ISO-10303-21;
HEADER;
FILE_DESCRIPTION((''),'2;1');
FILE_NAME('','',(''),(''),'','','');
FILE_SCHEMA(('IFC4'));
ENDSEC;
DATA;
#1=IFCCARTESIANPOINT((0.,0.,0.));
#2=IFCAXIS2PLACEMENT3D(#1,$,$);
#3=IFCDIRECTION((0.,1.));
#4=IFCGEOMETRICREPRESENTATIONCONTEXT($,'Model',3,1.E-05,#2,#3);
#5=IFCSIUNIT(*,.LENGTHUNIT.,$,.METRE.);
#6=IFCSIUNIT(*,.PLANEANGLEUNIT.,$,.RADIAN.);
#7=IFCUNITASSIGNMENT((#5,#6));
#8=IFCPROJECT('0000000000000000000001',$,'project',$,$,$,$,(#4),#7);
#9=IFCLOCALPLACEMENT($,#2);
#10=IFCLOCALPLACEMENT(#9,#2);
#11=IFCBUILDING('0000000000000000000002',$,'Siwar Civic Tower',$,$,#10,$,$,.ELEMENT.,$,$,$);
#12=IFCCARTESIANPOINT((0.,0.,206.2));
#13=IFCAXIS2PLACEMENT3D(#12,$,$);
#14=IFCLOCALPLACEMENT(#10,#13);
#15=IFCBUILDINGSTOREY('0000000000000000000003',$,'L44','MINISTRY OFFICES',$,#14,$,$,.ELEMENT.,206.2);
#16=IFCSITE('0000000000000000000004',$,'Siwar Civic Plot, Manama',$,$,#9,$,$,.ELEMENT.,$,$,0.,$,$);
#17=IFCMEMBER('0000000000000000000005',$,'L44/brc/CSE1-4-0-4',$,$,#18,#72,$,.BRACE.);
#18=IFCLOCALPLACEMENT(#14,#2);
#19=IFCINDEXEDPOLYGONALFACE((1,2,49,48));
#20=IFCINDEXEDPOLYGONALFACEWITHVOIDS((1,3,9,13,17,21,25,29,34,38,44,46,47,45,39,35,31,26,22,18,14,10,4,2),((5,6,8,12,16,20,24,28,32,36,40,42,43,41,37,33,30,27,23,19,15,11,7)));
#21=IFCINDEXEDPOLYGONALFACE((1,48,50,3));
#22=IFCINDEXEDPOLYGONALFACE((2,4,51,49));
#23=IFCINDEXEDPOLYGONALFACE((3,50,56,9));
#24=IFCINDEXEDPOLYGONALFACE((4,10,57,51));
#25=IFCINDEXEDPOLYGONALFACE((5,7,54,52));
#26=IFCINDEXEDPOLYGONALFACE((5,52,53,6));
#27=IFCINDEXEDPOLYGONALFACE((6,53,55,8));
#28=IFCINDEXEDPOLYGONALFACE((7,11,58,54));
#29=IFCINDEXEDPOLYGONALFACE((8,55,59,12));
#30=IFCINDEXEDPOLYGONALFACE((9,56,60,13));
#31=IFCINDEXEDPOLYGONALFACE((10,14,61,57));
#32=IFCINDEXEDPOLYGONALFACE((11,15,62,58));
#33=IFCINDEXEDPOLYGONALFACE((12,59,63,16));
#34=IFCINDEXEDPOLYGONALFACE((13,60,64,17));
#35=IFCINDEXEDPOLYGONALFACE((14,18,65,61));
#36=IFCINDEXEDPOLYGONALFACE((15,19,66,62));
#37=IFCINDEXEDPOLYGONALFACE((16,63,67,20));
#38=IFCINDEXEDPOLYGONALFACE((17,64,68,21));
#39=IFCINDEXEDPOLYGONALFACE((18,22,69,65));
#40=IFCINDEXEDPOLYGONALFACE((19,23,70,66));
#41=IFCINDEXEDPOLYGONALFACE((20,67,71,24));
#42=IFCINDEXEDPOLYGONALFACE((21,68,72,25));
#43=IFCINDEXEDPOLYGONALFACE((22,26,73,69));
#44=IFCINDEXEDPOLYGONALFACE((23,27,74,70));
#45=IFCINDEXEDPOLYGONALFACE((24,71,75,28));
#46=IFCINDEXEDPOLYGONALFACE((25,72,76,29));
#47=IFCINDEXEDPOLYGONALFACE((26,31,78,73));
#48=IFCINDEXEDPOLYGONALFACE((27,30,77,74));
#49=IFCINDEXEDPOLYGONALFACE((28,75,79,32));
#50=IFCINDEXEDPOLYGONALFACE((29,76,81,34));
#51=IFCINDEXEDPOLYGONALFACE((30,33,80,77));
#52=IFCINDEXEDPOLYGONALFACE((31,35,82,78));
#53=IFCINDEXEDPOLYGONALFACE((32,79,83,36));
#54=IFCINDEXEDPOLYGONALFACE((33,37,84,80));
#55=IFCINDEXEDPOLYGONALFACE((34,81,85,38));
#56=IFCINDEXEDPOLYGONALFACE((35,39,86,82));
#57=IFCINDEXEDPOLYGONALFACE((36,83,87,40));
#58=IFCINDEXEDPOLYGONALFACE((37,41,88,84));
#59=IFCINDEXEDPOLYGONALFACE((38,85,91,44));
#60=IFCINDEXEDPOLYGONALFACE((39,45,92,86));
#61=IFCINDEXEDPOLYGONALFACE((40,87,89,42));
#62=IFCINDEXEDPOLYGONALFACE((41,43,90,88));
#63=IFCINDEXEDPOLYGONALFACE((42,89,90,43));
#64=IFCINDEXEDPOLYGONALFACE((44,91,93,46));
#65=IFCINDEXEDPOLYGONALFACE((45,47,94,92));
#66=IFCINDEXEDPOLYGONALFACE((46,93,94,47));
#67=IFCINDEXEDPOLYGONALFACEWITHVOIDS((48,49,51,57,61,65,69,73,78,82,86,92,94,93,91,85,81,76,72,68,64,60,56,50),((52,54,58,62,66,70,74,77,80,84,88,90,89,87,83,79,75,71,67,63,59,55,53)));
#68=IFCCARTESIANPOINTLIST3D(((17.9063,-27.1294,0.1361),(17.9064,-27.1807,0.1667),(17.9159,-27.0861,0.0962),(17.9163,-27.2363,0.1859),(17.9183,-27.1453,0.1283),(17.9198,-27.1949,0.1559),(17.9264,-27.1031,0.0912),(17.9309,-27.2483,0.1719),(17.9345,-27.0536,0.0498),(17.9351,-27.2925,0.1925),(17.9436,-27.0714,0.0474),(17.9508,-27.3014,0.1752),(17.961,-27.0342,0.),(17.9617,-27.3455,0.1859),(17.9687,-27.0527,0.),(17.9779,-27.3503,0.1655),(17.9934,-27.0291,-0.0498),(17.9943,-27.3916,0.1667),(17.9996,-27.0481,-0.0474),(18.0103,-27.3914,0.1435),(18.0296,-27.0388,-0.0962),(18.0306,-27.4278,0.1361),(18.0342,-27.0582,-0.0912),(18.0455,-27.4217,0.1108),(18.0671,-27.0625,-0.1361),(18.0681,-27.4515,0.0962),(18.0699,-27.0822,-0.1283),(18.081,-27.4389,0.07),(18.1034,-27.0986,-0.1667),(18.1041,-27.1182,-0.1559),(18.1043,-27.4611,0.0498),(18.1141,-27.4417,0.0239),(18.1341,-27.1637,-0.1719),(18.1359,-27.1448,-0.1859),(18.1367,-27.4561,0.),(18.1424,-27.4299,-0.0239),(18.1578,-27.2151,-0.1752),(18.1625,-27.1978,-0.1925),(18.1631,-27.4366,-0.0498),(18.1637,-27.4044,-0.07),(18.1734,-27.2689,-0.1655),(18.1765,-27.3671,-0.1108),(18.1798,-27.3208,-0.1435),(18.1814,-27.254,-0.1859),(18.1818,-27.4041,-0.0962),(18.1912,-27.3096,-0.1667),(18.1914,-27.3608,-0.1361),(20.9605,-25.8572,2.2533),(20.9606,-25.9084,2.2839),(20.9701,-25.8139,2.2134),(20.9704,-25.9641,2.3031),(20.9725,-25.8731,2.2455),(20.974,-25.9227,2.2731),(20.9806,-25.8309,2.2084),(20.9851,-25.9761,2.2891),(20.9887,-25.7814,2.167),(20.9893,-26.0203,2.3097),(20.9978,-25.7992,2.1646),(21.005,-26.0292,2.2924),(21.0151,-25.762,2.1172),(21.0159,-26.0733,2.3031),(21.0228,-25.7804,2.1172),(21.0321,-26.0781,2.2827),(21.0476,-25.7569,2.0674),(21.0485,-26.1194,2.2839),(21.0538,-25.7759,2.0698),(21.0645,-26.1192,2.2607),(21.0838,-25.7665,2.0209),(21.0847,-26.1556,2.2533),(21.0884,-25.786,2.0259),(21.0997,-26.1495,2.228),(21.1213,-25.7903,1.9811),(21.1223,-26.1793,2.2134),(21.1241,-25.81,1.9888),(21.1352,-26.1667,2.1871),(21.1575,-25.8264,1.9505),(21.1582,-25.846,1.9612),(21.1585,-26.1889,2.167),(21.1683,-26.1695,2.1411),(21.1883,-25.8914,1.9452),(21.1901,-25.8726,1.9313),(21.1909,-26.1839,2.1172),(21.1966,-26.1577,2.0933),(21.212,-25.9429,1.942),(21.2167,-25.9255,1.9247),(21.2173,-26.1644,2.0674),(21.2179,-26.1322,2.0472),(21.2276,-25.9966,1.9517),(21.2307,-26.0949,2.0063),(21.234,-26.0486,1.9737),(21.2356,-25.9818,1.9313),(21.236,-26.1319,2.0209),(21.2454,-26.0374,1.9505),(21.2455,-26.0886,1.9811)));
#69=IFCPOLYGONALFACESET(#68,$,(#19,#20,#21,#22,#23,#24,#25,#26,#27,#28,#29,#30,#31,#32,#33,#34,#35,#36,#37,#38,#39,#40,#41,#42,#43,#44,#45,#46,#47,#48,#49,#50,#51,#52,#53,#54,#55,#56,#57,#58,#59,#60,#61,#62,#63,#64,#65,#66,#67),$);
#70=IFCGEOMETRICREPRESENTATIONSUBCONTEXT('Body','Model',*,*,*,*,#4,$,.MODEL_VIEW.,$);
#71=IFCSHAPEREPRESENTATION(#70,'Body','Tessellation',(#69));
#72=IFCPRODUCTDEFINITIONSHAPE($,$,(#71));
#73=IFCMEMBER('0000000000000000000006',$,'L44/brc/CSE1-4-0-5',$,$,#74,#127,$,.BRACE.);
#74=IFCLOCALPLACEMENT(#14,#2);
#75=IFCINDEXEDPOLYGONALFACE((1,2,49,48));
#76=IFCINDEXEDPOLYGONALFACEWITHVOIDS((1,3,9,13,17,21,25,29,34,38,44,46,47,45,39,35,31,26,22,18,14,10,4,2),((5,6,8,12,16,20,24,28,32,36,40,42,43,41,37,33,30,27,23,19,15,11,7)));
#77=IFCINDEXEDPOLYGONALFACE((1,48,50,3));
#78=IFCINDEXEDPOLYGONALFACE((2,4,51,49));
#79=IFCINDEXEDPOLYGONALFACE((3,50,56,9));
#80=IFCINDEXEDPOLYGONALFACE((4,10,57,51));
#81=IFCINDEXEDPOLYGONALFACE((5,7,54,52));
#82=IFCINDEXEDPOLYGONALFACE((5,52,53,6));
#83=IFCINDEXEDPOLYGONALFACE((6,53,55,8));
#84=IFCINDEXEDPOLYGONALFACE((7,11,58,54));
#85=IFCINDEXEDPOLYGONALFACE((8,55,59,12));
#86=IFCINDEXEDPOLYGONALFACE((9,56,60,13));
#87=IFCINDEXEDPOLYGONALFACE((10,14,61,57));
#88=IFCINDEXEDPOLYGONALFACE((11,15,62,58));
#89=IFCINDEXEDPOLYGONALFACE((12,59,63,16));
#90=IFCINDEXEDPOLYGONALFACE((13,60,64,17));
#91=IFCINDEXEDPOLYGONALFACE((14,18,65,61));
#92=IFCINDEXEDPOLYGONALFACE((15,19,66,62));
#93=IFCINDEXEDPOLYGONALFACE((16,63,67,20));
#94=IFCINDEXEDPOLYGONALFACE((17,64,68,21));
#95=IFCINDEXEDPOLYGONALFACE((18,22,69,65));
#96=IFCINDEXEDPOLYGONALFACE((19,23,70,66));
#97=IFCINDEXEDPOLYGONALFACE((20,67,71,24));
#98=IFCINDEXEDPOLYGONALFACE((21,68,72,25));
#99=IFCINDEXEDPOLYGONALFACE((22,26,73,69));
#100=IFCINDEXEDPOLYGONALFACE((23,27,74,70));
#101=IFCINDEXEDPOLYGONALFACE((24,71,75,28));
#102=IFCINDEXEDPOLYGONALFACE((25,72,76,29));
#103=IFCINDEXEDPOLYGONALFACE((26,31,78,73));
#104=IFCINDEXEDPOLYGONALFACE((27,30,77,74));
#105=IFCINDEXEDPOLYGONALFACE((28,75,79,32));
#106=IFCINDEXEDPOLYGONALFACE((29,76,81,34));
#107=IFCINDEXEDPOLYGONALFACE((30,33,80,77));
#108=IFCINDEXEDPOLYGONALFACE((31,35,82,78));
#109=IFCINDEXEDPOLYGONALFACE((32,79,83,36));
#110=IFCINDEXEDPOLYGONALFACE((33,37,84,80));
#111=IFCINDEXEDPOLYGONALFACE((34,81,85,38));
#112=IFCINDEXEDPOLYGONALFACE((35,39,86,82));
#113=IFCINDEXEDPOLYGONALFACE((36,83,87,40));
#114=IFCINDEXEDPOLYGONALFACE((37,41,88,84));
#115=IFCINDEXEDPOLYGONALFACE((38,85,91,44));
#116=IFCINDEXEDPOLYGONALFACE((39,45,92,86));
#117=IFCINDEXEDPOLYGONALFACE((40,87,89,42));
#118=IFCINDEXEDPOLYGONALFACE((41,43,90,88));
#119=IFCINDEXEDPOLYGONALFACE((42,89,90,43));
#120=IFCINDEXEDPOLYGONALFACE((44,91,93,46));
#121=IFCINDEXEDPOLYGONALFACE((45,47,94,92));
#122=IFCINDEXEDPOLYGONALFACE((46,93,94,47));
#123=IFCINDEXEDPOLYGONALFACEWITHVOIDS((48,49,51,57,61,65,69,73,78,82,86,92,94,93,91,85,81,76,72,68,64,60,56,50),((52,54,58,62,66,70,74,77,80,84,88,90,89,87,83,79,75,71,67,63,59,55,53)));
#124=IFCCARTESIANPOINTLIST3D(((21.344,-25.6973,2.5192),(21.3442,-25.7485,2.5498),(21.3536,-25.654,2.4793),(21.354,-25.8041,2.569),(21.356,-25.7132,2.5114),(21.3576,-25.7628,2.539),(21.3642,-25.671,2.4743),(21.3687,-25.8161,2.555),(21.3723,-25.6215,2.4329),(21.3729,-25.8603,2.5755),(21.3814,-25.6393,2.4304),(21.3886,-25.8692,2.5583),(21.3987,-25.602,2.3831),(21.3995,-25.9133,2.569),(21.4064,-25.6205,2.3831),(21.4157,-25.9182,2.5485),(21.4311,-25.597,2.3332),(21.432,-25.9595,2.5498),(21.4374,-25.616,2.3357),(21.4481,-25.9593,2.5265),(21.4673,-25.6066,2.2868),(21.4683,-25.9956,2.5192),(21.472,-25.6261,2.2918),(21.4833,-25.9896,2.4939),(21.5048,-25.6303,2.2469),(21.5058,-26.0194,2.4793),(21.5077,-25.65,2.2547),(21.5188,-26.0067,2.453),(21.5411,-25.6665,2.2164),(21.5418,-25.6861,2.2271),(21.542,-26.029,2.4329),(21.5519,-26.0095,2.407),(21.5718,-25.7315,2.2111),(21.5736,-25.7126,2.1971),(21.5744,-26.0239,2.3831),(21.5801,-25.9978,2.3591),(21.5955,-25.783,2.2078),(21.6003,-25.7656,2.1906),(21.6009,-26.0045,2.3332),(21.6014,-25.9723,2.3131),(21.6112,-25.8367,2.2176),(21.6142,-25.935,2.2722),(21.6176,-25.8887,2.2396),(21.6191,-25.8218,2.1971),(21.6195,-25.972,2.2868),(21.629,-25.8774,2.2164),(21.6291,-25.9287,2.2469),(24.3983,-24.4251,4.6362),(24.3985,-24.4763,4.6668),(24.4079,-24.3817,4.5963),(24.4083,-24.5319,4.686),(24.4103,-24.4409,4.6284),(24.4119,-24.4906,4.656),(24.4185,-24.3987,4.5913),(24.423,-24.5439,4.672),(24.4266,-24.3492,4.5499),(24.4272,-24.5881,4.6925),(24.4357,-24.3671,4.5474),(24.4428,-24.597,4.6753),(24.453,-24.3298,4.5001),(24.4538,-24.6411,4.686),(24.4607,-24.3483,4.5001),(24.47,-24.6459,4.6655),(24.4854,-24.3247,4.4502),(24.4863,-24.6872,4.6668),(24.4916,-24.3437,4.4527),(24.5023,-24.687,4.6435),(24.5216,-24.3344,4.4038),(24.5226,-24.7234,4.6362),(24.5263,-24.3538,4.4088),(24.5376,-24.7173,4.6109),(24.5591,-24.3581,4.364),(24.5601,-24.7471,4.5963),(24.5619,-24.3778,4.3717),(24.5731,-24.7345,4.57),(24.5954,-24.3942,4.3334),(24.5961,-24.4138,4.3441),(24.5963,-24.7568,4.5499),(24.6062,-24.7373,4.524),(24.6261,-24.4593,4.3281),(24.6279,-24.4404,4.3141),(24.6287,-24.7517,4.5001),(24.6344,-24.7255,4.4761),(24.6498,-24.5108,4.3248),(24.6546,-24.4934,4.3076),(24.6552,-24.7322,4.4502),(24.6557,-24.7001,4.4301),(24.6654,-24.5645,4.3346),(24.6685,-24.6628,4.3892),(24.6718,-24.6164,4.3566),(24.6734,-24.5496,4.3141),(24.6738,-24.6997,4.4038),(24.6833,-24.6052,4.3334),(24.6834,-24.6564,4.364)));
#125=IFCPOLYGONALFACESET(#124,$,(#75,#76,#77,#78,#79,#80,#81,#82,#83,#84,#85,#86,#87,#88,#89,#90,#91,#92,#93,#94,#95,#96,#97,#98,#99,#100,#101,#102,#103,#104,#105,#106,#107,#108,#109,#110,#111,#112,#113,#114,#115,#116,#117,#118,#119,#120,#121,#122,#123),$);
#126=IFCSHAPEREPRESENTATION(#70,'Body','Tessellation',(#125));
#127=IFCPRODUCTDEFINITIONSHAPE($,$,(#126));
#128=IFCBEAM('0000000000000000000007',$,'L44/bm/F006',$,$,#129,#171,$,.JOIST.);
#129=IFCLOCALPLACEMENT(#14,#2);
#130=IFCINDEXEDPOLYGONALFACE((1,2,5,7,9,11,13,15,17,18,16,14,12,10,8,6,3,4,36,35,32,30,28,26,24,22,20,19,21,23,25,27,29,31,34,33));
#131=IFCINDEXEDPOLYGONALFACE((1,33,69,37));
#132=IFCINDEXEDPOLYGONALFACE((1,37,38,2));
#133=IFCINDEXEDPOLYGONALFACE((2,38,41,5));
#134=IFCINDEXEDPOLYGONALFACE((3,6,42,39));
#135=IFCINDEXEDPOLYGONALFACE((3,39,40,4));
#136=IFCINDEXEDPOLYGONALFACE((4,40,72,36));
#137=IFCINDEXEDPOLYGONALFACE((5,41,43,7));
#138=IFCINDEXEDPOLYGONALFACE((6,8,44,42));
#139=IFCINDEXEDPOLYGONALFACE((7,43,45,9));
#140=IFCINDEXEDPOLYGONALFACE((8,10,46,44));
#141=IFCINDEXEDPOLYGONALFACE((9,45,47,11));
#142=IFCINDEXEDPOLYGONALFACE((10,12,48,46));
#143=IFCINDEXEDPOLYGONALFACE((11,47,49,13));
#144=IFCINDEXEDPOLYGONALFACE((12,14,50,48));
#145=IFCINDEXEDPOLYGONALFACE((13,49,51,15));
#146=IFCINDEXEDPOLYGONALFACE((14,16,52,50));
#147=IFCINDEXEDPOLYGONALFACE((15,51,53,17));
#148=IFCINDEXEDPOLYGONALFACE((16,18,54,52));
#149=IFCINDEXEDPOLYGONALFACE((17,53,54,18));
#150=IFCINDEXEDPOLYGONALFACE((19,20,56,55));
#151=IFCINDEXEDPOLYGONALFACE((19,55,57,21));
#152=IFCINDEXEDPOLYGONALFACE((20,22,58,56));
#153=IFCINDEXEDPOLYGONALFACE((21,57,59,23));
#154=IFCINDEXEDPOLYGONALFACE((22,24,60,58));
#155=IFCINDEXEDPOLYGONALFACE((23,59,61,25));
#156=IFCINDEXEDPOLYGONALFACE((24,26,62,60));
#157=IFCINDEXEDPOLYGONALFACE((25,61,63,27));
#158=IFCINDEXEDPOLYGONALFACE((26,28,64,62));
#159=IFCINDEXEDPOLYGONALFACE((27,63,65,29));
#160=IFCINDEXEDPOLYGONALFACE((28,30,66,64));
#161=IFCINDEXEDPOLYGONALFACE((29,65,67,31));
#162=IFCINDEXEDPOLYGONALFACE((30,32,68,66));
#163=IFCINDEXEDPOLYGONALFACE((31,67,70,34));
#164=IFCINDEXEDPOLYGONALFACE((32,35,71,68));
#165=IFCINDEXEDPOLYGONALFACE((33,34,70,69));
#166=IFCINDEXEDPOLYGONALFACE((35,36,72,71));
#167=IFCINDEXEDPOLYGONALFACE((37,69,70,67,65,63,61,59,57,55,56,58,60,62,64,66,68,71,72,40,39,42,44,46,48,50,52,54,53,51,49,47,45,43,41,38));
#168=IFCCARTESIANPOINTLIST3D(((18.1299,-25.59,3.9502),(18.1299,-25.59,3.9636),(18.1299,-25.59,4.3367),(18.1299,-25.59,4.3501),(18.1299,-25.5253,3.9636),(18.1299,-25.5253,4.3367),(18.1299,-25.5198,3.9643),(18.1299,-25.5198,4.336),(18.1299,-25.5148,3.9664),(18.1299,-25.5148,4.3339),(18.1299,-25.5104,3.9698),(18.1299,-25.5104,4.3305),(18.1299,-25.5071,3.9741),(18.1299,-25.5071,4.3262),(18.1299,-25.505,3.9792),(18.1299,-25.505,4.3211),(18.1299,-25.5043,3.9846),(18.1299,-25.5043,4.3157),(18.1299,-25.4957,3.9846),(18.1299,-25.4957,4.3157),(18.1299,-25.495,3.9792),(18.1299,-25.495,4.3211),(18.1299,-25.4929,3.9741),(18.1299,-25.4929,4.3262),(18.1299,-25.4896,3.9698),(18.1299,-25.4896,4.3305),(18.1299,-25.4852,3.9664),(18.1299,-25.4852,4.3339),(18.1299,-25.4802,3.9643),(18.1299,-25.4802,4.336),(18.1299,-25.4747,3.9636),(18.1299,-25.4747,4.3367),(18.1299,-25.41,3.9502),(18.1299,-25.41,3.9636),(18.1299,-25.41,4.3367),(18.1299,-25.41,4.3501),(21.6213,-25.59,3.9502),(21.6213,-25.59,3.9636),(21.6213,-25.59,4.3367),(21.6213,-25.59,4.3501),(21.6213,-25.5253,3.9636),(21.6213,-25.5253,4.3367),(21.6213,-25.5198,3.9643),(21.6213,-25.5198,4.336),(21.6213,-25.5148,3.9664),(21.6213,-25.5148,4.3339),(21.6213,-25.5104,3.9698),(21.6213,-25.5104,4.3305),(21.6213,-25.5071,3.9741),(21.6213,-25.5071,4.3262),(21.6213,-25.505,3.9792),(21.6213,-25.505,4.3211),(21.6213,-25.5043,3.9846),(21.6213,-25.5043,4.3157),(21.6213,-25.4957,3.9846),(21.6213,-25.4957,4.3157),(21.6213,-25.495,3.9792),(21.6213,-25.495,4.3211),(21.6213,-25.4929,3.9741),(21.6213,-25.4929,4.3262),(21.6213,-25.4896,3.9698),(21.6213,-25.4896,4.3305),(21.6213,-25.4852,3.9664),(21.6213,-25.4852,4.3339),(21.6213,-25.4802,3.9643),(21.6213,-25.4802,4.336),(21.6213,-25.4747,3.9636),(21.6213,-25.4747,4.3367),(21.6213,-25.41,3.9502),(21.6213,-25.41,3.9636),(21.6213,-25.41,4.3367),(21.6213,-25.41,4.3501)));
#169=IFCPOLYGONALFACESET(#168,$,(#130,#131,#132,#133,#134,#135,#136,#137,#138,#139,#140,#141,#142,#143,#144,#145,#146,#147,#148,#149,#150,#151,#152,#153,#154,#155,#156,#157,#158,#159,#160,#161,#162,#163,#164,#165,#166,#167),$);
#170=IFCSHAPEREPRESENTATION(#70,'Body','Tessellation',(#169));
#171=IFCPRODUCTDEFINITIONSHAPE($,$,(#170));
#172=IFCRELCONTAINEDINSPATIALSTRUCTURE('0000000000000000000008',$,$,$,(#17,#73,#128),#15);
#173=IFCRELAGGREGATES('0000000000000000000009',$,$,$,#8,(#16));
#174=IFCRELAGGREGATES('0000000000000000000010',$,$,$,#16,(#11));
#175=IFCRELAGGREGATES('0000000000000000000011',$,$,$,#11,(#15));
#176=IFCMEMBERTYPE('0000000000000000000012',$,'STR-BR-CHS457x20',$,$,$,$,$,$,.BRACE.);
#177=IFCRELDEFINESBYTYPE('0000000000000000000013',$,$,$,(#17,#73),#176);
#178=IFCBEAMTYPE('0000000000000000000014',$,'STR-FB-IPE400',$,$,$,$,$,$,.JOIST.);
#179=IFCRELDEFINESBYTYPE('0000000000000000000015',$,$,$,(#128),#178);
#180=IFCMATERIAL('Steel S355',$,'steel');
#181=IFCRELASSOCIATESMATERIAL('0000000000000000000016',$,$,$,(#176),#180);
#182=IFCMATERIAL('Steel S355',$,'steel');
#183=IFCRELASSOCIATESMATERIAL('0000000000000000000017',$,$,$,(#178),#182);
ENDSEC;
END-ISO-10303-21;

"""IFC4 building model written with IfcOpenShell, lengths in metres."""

from ifc_helpers import new_model, si_unit, direction, frame, origin, origin_2d, place, context, subcontext, project, spatial, hollow_circle, i_section, extrude, material, material_profile, profile_set, type_object, element, save


model = new_model("IFC4")

# Units and contexts
model_context = context("Model", 3, precision=1e-05, world=origin(), true_north=direction((0.0, 1.0)))
body_context = subcontext(model_context, "Body", "Model", "MODEL_VIEW")
ifc_project = project(units=[si_unit("LENGTHUNIT", "METRE"), si_unit("PLANEANGLEUNIT", "RADIAN")], contexts=[model_context])

# Site, building, storey
site_placement = place(None, origin())
site = spatial("IfcSite", under=ifc_project, at=site_placement, Name="Siwar Civic Plot, Manama", CompositionType="ELEMENT", RefElevation=0.0)
building_placement = place(site_placement, origin())
building = spatial("IfcBuilding", under=site, at=building_placement, Name="Siwar Civic Tower", CompositionType="ELEMENT")
storey_placement = place(building_placement, frame((0.0, 0.0, 206.2)))
storey = spatial("IfcBuildingStorey", under=building, at=storey_placement, Name="L44", Description="MINISTRY OFFICES", CompositionType="ELEMENT", Elevation=206.2)

# Members
ifc_material_1 = material(Name="Steel S355", Category="steel")
ifc_material_profile_1 = material_profile(ifc_material_1, hollow_circle(Radius=0.2285, WallThickness=0.02, at=origin_2d()), Name="CHS457x20")
ifc_profile_set_1 = profile_set([ifc_material_profile_1], Name="Steel S355")
member_type_1 = type_object("IfcMemberType", Name="STR-BR-CHS457x20", PredefinedType="BRACE", material=ifc_profile_set_1)
for number, where, z_axis, x_axis, name in (
    (1, (18.0488, -27.2451, 0.0), (0.777546, 0.323884, 0.538999), (-0.384521, 0.923116, 0.0), "L44/brc/CSE1-4-0-4"),
    (2, (21.4866, -25.813, 2.3831), (0.777572, 0.323895, 0.538955), (-0.384521, 0.923116, 0.0), "L44/brc/CSE1-4-0-5"),
):
    element("IfcMember", number, at=place(storey_placement, frame(where, z_axis=z_axis, x_axis=x_axis)), inside=storey, type_object=member_type_1, Name=name, PredefinedType="BRACE", context=body_context, shape_type="SweptSolid", body=[
        extrude(hollow_circle(Radius=0.2285, WallThickness=0.02, at=origin_2d()), origin(), (0.0, 0.0, 1.0), 3.928),
    ])

# Beam
ifc_material_2 = material(Name="Steel S355", Category="steel")
ifc_material_profile_2 = material_profile(ifc_material_2, i_section(OverallWidth=0.1799, OverallDepth=0.3999, WebThickness=0.0085, FlangeThickness=0.0134, FilletRadius=0.021, at=origin_2d()), Name="IPE400")
ifc_profile_set_2 = profile_set([ifc_material_profile_2], Name="Steel S355")
beam_type_1 = type_object("IfcBeamType", Name="STR-FB-IPE400", PredefinedType="JOIST", material=ifc_profile_set_2)
beam_1_placement = place(storey_placement, frame((18.1299, -25.5, 4.1501), z_axis=(1.0, 0.0, 0.0), x_axis=(0.0, 1.0, 0.0)))
element("IfcBeam", 3, at=beam_1_placement, inside=storey, type_object=beam_type_1, Name="L44/bm/F006", PredefinedType="JOIST", context=body_context, shape_type="SweptSolid", body=[
    extrude(i_section(OverallWidth=0.1799, OverallDepth=0.3999, WebThickness=0.0085, FlangeThickness=0.0134, FilletRadius=0.021, at=origin_2d()), origin(), (0.0, 0.0, 1.0), 3.4915),
])

save(model, "model.ifc")
